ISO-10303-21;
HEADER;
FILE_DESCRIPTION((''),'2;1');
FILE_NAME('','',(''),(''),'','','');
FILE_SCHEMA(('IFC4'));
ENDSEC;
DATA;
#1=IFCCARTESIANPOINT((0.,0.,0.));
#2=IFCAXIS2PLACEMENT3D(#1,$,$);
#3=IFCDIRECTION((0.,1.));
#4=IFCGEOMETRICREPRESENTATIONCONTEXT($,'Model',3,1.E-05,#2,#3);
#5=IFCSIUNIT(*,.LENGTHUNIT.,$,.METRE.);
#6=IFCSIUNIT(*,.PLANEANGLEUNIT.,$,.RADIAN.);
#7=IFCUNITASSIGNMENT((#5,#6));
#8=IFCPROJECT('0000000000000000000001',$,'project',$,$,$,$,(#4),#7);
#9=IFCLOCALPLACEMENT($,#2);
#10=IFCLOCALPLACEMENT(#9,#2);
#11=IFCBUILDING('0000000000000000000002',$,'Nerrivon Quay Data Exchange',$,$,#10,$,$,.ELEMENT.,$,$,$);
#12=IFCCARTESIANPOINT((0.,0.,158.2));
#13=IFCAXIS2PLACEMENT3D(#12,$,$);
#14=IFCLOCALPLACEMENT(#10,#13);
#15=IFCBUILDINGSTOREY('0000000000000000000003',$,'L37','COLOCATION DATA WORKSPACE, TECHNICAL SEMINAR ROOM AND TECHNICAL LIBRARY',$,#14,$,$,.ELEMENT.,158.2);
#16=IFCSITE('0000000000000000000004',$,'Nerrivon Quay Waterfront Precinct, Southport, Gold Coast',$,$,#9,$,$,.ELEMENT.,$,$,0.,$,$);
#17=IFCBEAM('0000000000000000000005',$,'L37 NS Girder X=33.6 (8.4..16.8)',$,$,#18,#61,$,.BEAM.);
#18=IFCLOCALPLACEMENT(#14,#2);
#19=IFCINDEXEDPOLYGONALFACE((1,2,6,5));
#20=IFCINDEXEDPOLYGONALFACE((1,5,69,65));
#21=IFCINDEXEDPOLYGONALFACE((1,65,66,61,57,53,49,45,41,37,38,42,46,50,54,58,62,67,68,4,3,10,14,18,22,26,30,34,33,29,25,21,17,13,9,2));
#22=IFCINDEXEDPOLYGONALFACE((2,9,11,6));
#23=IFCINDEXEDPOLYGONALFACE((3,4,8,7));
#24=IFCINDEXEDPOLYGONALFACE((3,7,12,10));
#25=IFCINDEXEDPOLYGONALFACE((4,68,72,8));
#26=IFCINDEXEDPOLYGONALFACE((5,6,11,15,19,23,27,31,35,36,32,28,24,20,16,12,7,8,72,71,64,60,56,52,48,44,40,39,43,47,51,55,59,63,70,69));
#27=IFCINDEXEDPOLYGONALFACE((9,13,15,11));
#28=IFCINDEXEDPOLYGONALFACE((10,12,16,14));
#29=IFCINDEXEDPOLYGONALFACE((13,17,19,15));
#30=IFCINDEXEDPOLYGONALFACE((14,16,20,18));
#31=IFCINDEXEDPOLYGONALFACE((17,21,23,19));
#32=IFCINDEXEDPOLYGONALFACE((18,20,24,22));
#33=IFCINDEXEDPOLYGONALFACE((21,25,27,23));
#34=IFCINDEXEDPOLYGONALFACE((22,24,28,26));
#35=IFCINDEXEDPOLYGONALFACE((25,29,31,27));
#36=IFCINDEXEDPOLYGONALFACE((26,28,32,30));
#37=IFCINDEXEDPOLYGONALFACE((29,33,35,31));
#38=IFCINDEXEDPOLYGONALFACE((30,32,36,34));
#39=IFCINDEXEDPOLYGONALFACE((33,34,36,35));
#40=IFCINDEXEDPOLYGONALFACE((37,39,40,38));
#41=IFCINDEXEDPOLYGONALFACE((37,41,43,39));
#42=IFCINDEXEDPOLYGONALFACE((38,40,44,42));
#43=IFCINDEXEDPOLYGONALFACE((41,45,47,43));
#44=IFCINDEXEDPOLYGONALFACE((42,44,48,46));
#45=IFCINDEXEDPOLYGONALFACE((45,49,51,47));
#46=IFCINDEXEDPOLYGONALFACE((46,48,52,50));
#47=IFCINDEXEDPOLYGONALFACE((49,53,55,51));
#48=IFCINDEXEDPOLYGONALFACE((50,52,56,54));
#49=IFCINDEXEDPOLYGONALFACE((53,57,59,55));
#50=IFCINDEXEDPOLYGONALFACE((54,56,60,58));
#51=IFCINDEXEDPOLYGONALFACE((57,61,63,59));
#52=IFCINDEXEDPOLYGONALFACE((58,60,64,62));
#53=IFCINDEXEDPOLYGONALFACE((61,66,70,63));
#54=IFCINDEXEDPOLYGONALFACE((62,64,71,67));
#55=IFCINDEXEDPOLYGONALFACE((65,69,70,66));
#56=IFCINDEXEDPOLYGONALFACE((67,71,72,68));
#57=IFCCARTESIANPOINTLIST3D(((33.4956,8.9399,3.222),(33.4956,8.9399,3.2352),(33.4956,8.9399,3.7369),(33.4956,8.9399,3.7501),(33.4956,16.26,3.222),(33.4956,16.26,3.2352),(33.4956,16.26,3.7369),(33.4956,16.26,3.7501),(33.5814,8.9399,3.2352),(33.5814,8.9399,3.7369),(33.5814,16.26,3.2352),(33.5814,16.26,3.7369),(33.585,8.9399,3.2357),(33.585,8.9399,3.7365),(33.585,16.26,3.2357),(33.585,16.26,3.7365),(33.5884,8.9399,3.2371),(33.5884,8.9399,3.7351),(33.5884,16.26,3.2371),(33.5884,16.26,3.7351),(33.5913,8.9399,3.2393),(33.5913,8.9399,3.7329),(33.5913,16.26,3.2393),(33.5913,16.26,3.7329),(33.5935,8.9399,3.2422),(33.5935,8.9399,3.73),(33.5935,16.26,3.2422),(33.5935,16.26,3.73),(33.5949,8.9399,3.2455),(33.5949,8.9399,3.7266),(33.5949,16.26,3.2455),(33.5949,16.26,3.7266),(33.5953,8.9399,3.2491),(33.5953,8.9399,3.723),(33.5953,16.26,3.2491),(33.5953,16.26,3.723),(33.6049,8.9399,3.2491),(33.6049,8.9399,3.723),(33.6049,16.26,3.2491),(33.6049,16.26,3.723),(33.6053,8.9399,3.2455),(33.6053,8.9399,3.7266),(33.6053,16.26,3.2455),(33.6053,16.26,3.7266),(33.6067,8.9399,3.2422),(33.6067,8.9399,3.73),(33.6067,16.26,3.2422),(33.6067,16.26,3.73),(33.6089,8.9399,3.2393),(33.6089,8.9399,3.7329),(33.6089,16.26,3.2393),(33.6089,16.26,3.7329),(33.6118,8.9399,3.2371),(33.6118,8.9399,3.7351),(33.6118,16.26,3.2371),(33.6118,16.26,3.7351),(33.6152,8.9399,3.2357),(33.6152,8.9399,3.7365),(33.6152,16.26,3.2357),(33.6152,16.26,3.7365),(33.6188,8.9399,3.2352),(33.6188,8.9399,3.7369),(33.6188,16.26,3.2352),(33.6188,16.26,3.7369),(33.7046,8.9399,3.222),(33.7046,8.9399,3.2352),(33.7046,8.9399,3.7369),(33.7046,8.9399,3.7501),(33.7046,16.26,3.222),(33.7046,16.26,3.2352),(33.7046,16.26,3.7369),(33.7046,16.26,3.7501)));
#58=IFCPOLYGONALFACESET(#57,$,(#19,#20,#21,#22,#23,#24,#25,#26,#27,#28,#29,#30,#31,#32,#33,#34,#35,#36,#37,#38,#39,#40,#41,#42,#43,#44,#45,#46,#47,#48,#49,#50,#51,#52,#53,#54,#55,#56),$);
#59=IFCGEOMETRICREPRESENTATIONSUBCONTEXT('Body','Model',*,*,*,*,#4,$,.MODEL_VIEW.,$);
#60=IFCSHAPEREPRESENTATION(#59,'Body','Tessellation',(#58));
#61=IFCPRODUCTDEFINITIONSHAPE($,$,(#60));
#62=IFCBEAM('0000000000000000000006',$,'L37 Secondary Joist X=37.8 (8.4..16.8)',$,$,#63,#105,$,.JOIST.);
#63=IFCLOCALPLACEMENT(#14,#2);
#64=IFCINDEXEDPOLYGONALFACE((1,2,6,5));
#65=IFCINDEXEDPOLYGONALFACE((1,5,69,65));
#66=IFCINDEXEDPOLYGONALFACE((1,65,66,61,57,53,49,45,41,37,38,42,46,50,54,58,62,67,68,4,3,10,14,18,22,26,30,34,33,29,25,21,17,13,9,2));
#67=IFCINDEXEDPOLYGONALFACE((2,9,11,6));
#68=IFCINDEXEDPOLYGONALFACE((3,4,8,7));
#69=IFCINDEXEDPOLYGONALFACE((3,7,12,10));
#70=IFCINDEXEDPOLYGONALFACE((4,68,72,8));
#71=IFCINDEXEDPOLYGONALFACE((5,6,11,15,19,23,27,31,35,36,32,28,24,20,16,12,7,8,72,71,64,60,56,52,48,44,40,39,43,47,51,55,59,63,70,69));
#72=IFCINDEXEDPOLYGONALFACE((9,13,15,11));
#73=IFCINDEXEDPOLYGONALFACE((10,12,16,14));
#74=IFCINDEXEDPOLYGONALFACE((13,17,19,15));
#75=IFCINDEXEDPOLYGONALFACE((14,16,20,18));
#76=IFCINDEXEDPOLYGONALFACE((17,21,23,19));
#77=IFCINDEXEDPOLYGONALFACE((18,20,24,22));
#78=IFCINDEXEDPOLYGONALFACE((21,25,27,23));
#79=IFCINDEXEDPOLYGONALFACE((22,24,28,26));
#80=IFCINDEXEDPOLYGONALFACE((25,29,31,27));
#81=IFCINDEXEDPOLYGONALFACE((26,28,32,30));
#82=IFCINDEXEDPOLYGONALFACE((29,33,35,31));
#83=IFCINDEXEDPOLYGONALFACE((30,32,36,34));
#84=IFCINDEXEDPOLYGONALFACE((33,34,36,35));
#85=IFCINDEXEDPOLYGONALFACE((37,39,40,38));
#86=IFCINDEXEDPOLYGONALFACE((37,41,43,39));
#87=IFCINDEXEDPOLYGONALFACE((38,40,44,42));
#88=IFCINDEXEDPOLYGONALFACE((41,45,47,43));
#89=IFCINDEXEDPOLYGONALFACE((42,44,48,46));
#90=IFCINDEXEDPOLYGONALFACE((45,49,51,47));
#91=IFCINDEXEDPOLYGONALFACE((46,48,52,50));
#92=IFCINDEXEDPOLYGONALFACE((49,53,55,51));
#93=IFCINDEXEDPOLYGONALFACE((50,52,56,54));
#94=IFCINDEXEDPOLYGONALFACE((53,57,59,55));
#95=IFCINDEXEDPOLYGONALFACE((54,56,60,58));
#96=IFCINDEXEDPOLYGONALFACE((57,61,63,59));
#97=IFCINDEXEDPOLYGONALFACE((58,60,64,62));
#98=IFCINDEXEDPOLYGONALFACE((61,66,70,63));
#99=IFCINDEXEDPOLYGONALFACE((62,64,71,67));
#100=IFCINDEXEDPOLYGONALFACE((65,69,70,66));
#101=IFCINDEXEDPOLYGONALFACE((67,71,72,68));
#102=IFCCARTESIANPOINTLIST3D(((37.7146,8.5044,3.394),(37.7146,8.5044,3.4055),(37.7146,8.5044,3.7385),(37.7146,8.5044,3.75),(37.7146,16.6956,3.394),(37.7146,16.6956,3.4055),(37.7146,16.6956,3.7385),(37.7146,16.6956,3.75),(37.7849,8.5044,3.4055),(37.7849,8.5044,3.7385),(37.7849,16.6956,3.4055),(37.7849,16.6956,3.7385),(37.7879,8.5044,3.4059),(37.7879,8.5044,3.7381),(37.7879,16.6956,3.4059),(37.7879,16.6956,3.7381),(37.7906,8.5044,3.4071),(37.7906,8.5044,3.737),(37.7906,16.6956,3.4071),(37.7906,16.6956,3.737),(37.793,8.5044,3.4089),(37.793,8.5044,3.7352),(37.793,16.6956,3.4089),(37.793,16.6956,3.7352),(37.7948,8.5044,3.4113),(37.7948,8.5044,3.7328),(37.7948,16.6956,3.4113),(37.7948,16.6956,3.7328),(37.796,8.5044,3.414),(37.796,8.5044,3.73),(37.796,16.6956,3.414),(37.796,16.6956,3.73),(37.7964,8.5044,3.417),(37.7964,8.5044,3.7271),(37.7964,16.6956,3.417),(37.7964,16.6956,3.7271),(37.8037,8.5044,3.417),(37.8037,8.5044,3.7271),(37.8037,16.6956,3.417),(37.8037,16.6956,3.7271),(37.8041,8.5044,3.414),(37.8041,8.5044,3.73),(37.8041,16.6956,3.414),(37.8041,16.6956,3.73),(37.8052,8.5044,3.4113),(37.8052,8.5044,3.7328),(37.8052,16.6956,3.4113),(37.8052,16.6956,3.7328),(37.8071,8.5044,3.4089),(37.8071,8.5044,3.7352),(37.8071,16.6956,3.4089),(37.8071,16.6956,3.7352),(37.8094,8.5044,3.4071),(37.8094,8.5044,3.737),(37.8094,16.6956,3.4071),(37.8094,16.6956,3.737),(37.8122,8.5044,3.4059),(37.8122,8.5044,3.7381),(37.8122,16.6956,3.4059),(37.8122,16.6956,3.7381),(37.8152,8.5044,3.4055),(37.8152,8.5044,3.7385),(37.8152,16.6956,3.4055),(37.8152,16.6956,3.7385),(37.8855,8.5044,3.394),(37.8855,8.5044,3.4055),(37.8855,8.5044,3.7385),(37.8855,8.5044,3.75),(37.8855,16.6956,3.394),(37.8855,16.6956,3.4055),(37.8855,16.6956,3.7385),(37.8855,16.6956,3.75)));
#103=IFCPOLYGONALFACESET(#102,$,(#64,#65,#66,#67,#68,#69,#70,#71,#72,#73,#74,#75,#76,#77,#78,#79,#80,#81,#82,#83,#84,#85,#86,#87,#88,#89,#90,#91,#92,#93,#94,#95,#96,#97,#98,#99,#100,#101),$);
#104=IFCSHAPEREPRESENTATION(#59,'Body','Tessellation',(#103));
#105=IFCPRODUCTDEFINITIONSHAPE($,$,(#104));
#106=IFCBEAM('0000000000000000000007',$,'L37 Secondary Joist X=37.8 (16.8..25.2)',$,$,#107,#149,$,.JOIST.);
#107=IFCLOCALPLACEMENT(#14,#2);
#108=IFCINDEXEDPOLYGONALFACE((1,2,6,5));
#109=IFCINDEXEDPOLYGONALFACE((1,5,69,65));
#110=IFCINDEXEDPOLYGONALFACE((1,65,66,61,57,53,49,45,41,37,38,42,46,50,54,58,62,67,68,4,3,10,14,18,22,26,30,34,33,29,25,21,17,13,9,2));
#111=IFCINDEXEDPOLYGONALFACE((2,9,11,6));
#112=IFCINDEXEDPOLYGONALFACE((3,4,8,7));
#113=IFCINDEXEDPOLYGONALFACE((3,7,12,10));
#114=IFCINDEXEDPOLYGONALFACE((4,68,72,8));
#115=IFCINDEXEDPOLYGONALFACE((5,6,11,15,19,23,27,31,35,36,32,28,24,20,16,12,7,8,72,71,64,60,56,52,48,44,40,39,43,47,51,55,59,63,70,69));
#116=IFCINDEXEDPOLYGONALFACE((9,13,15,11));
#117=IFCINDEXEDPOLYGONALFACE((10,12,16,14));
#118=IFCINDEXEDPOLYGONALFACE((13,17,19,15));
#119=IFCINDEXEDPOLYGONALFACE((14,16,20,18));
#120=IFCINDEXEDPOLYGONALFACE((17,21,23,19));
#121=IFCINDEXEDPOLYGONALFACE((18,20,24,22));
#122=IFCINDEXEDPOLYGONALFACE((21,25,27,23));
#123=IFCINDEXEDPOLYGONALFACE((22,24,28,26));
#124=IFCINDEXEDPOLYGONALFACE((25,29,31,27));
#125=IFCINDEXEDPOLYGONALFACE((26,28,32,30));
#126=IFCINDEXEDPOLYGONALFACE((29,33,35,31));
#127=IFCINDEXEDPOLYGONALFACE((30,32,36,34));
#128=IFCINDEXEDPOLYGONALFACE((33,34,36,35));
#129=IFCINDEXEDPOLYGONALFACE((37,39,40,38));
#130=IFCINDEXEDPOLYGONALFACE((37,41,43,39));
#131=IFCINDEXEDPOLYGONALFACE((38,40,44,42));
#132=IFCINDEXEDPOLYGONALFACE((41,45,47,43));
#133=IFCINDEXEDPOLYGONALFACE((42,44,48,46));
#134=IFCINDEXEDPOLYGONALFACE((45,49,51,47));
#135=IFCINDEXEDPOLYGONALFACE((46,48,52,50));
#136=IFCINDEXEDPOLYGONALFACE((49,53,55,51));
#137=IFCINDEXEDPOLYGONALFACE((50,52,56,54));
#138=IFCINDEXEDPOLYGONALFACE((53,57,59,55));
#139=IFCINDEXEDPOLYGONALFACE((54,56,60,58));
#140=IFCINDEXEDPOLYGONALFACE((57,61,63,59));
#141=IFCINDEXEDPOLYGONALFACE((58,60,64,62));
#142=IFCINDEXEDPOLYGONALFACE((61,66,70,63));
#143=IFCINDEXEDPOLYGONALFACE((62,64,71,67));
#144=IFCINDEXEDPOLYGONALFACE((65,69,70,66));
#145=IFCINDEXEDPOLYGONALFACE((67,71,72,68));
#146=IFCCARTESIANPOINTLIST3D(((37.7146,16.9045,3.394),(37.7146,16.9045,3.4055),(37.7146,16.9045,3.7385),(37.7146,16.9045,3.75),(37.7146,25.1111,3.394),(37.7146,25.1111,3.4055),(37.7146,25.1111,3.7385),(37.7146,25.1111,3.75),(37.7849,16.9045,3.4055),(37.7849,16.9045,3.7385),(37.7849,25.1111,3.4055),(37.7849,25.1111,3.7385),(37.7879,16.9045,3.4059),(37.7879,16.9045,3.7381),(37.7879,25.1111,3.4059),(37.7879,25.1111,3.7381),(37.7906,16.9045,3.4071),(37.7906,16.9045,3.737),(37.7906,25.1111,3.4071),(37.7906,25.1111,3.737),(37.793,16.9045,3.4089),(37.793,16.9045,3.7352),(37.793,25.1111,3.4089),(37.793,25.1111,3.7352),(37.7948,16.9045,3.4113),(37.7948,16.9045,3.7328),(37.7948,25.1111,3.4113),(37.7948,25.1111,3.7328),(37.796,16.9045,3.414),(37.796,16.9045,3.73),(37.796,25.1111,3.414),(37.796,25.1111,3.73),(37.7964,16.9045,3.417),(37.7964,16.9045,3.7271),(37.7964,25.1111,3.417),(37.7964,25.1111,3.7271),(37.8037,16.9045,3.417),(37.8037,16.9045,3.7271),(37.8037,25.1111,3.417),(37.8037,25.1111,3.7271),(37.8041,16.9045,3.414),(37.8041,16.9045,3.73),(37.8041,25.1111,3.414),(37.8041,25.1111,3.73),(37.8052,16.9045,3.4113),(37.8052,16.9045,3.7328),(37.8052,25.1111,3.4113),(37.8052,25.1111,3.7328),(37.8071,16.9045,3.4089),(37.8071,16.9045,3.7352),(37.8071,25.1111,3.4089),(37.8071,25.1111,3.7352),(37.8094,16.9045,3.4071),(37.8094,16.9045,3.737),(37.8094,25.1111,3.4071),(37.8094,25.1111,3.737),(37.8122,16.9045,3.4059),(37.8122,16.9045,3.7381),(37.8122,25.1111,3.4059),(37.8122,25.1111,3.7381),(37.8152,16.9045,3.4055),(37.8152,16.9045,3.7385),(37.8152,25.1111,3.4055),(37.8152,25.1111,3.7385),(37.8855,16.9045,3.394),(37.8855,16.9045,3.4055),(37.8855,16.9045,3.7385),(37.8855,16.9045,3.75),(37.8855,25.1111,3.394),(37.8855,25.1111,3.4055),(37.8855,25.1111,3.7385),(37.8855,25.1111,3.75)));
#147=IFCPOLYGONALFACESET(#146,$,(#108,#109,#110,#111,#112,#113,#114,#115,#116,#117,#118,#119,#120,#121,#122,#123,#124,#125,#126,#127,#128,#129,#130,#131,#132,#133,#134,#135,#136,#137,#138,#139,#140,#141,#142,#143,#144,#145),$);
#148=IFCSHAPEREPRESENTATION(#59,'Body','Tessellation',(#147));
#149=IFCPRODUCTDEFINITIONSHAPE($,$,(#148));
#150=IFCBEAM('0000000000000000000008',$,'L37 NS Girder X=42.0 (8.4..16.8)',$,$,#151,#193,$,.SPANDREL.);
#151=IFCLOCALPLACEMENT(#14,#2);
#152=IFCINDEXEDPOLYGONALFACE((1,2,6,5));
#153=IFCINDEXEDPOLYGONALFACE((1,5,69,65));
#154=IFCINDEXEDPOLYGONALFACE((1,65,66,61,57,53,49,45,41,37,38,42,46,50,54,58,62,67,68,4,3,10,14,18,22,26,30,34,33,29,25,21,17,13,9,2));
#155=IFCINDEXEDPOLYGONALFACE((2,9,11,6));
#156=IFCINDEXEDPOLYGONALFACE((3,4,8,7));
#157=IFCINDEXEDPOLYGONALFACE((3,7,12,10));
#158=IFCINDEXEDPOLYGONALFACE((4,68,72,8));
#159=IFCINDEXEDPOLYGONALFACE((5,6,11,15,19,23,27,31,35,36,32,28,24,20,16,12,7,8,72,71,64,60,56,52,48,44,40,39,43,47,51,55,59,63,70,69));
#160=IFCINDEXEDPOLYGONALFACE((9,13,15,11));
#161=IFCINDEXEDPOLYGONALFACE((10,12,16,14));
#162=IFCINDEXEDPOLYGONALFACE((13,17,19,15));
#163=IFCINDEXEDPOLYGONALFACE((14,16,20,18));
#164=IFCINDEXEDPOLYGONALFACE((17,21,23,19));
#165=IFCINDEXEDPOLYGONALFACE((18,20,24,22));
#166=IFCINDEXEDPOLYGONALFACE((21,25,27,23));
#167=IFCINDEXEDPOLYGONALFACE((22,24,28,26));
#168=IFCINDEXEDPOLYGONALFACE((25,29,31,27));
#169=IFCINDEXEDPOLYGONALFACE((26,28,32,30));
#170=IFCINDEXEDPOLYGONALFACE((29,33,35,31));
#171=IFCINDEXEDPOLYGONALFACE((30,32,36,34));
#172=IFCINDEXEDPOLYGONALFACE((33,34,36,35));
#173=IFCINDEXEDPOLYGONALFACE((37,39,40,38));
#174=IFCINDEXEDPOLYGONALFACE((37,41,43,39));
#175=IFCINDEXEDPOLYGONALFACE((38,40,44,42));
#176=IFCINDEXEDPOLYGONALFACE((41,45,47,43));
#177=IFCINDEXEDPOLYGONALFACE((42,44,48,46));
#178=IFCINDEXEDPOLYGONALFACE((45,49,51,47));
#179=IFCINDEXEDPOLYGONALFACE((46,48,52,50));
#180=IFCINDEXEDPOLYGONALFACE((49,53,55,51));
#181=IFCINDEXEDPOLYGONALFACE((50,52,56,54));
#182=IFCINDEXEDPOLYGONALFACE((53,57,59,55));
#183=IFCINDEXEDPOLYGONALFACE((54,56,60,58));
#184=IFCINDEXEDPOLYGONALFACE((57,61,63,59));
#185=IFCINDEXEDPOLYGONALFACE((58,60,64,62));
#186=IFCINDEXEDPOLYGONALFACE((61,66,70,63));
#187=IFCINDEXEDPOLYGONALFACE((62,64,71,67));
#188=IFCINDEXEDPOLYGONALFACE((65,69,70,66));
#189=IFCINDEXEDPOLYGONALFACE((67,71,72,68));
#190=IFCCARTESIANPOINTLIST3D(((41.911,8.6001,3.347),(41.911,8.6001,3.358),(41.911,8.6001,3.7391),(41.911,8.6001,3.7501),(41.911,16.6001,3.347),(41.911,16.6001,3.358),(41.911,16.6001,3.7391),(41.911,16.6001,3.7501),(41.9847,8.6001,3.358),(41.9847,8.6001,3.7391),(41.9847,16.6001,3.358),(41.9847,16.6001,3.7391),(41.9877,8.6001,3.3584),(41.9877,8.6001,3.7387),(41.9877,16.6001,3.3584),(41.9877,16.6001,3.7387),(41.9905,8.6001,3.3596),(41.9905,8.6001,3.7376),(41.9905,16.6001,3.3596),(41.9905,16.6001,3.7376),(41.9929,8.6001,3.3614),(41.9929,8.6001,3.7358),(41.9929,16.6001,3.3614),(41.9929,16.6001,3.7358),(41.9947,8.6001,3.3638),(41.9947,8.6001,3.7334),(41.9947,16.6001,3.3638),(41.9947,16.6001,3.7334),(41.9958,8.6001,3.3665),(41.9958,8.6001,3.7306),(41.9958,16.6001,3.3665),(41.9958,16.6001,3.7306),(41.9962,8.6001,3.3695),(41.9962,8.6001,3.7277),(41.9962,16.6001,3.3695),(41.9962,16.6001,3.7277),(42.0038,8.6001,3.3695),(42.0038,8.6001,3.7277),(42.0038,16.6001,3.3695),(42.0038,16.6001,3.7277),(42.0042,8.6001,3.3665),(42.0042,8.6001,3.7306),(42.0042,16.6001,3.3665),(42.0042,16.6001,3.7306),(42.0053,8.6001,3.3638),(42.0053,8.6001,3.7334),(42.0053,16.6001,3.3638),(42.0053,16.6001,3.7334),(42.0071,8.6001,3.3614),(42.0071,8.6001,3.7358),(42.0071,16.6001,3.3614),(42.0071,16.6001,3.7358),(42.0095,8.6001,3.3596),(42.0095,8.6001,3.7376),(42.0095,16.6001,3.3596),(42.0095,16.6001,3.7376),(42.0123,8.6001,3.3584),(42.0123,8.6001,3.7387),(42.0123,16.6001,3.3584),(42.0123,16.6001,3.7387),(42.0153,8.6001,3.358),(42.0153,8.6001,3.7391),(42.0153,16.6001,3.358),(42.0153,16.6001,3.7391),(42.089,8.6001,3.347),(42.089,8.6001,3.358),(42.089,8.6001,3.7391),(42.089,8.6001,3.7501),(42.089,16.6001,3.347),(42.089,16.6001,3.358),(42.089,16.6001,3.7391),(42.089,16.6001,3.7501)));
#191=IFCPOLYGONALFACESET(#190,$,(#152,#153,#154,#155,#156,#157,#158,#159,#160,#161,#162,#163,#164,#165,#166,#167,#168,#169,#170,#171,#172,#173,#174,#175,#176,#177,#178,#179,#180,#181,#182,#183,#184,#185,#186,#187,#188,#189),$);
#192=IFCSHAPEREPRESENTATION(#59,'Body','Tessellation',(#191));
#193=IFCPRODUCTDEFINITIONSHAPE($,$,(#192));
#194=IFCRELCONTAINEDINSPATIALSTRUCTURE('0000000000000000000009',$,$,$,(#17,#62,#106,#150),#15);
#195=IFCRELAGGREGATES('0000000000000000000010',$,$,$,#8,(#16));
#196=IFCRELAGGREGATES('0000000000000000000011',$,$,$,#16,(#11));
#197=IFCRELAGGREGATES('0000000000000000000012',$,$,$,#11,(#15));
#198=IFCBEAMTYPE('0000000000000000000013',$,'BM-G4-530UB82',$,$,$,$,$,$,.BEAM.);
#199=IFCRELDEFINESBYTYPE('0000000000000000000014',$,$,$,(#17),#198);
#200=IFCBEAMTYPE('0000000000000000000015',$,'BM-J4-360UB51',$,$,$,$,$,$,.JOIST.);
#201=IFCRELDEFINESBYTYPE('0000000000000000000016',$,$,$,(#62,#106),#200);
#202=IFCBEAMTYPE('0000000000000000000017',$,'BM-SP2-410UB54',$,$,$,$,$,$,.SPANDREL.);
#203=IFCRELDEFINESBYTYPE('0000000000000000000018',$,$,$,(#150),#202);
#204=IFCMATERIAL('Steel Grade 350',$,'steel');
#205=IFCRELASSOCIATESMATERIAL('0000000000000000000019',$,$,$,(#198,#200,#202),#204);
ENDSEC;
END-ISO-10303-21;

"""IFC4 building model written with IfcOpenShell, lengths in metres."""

from ifc_helpers import new_model, si_unit, direction, frame, origin, origin_2d, place, context, subcontext, project, spatial, i_section, extrude, material, material_profile, profile_set, type_object, element, save


model = new_model("IFC4")

# Units and contexts
model_context = context("Model", 3, precision=1e-05, world=origin(), true_north=direction((0.0, 1.0)))
body_context = subcontext(model_context, "Body", "Model", "MODEL_VIEW")
ifc_project = project(units=[si_unit("LENGTHUNIT", "METRE"), si_unit("PLANEANGLEUNIT", "RADIAN")], contexts=[model_context])

# Site, building, storey
site_placement = place(None, origin())
site = spatial("IfcSite", under=ifc_project, at=site_placement, Name="Nerrivon Quay Waterfront Precinct, Southport, Gold Coast", CompositionType="ELEMENT", RefElevation=0.0)
building_placement = place(site_placement, origin())
building = spatial("IfcBuilding", under=site, at=building_placement, Name="Nerrivon Quay Data Exchange", CompositionType="ELEMENT")
storey_placement = place(building_placement, frame((0.0, 0.0, 158.2)))
storey = spatial("IfcBuildingStorey", under=building, at=storey_placement, Name="L37", Description="COLOCATION DATA WORKSPACE, TECHNICAL SEMINAR ROOM AND TECHNICAL LIBRARY", CompositionType="ELEMENT", Elevation=158.2)

# Shared definitions
ifc_material_1 = material(Name="Steel Grade 350", Category="steel")

# Beams
ifc_material_profile_1 = material_profile(ifc_material_1, i_section(OverallWidth=0.209, OverallDepth=0.5281, WebThickness=0.0095, FlangeThickness=0.0132, FilletRadius=0.0139, at=origin_2d()), Name="530UB82.0")
ifc_profile_set_1 = profile_set([ifc_material_profile_1], Name="Steel Grade 350")
beam_type_1 = type_object("IfcBeamType", Name="BM-G4-530UB82", PredefinedType="BEAM", material=ifc_profile_set_1)
beam_1_placement = place(storey_placement, frame((33.6001, 8.9399, 3.4861), z_axis=(0.0, 1.0, 0.0), x_axis=(-1.0, 0.0, 0.0)))
element("IfcBeam", 1, at=beam_1_placement, inside=storey, type_object=beam_type_1, Name="L37 NS Girder X=33.6 (8.4..16.8)", PredefinedType="BEAM", context=body_context, shape_type="SweptSolid", body=[
    extrude(i_section(OverallWidth=0.209, OverallDepth=0.5281, WebThickness=0.0095, FlangeThickness=0.0132, FilletRadius=0.0139, at=origin_2d()), origin(), (0.0, 0.0, 1.0), 7.3201),
])
ifc_material_profile_2 = material_profile(ifc_material_1, i_section(OverallWidth=0.1709, OverallDepth=0.356, WebThickness=0.0073, FlangeThickness=0.0115, FilletRadius=0.0115, at=origin_2d()), Name="360UB50.7")
ifc_profile_set_2 = profile_set([ifc_material_profile_2], Name="Steel Grade 350")
beam_type_2 = type_object("IfcBeamType", Name="BM-J4-360UB51", PredefinedType="JOIST", material=ifc_profile_set_2)
beam_2_placement = place(storey_placement, frame((37.8, 8.5044, 3.572), z_axis=(0.0, 1.0, 0.0), x_axis=(-1.0, 0.0, 0.0)))
element("IfcBeam", 2, at=beam_2_placement, inside=storey, type_object=beam_type_2, Name="L37 Secondary Joist X=37.8 (8.4..16.8)", PredefinedType="JOIST", context=body_context, shape_type="SweptSolid", body=[
    extrude(i_section(OverallWidth=0.1709, OverallDepth=0.356, WebThickness=0.0073, FlangeThickness=0.0115, FilletRadius=0.0115, at=origin_2d()), origin(), (0.0, 0.0, 1.0), 8.1912),
])
beam_3_placement = place(storey_placement, frame((37.8, 16.9045, 3.572), z_axis=(0.0, 1.0, 0.0), x_axis=(-1.0, 0.0, 0.0)))
element("IfcBeam", 3, at=beam_3_placement, inside=storey, type_object=beam_type_2, Name="L37 Secondary Joist X=37.8 (16.8..25.2)", PredefinedType="JOIST", context=body_context, shape_type="SweptSolid", body=[
    extrude(i_section(OverallWidth=0.1709, OverallDepth=0.356, WebThickness=0.0073, FlangeThickness=0.0115, FilletRadius=0.0115, at=origin_2d()), origin(), (0.0, 0.0, 1.0), 8.2065),
])
ifc_material_profile_3 = material_profile(ifc_material_1, i_section(OverallWidth=0.178, OverallDepth=0.4031, WebThickness=0.0076, FlangeThickness=0.011, FilletRadius=0.0115, at=origin_2d()), Name="410UB53.7")
ifc_profile_set_3 = profile_set([ifc_material_profile_3], Name="Steel Grade 350")
beam_type_3 = type_object("IfcBeamType", Name="BM-SP2-410UB54", PredefinedType="SPANDREL", material=ifc_profile_set_3)
for number, where, z_axis, x_axis, name in (
    (4, (42.0, 8.6001, 3.5486), (0.0, 1.0, 0.0), (-1.0, 0.0, 0.0), "L37 NS Girder X=42.0 (8.4..16.8)"),
):
    element("IfcBeam", number, at=place(storey_placement, frame(where, z_axis=z_axis, x_axis=x_axis)), inside=storey, type_object=beam_type_3, Name=name, PredefinedType="SPANDREL", context=body_context, shape_type="SweptSolid", body=[
        extrude(i_section(OverallWidth=0.178, OverallDepth=0.4031, WebThickness=0.0076, FlangeThickness=0.011, FilletRadius=0.0115, at=origin_2d()), origin(), (0.0, 0.0, 1.0), 8.0),
    ])

save(model, "model.ifc")
